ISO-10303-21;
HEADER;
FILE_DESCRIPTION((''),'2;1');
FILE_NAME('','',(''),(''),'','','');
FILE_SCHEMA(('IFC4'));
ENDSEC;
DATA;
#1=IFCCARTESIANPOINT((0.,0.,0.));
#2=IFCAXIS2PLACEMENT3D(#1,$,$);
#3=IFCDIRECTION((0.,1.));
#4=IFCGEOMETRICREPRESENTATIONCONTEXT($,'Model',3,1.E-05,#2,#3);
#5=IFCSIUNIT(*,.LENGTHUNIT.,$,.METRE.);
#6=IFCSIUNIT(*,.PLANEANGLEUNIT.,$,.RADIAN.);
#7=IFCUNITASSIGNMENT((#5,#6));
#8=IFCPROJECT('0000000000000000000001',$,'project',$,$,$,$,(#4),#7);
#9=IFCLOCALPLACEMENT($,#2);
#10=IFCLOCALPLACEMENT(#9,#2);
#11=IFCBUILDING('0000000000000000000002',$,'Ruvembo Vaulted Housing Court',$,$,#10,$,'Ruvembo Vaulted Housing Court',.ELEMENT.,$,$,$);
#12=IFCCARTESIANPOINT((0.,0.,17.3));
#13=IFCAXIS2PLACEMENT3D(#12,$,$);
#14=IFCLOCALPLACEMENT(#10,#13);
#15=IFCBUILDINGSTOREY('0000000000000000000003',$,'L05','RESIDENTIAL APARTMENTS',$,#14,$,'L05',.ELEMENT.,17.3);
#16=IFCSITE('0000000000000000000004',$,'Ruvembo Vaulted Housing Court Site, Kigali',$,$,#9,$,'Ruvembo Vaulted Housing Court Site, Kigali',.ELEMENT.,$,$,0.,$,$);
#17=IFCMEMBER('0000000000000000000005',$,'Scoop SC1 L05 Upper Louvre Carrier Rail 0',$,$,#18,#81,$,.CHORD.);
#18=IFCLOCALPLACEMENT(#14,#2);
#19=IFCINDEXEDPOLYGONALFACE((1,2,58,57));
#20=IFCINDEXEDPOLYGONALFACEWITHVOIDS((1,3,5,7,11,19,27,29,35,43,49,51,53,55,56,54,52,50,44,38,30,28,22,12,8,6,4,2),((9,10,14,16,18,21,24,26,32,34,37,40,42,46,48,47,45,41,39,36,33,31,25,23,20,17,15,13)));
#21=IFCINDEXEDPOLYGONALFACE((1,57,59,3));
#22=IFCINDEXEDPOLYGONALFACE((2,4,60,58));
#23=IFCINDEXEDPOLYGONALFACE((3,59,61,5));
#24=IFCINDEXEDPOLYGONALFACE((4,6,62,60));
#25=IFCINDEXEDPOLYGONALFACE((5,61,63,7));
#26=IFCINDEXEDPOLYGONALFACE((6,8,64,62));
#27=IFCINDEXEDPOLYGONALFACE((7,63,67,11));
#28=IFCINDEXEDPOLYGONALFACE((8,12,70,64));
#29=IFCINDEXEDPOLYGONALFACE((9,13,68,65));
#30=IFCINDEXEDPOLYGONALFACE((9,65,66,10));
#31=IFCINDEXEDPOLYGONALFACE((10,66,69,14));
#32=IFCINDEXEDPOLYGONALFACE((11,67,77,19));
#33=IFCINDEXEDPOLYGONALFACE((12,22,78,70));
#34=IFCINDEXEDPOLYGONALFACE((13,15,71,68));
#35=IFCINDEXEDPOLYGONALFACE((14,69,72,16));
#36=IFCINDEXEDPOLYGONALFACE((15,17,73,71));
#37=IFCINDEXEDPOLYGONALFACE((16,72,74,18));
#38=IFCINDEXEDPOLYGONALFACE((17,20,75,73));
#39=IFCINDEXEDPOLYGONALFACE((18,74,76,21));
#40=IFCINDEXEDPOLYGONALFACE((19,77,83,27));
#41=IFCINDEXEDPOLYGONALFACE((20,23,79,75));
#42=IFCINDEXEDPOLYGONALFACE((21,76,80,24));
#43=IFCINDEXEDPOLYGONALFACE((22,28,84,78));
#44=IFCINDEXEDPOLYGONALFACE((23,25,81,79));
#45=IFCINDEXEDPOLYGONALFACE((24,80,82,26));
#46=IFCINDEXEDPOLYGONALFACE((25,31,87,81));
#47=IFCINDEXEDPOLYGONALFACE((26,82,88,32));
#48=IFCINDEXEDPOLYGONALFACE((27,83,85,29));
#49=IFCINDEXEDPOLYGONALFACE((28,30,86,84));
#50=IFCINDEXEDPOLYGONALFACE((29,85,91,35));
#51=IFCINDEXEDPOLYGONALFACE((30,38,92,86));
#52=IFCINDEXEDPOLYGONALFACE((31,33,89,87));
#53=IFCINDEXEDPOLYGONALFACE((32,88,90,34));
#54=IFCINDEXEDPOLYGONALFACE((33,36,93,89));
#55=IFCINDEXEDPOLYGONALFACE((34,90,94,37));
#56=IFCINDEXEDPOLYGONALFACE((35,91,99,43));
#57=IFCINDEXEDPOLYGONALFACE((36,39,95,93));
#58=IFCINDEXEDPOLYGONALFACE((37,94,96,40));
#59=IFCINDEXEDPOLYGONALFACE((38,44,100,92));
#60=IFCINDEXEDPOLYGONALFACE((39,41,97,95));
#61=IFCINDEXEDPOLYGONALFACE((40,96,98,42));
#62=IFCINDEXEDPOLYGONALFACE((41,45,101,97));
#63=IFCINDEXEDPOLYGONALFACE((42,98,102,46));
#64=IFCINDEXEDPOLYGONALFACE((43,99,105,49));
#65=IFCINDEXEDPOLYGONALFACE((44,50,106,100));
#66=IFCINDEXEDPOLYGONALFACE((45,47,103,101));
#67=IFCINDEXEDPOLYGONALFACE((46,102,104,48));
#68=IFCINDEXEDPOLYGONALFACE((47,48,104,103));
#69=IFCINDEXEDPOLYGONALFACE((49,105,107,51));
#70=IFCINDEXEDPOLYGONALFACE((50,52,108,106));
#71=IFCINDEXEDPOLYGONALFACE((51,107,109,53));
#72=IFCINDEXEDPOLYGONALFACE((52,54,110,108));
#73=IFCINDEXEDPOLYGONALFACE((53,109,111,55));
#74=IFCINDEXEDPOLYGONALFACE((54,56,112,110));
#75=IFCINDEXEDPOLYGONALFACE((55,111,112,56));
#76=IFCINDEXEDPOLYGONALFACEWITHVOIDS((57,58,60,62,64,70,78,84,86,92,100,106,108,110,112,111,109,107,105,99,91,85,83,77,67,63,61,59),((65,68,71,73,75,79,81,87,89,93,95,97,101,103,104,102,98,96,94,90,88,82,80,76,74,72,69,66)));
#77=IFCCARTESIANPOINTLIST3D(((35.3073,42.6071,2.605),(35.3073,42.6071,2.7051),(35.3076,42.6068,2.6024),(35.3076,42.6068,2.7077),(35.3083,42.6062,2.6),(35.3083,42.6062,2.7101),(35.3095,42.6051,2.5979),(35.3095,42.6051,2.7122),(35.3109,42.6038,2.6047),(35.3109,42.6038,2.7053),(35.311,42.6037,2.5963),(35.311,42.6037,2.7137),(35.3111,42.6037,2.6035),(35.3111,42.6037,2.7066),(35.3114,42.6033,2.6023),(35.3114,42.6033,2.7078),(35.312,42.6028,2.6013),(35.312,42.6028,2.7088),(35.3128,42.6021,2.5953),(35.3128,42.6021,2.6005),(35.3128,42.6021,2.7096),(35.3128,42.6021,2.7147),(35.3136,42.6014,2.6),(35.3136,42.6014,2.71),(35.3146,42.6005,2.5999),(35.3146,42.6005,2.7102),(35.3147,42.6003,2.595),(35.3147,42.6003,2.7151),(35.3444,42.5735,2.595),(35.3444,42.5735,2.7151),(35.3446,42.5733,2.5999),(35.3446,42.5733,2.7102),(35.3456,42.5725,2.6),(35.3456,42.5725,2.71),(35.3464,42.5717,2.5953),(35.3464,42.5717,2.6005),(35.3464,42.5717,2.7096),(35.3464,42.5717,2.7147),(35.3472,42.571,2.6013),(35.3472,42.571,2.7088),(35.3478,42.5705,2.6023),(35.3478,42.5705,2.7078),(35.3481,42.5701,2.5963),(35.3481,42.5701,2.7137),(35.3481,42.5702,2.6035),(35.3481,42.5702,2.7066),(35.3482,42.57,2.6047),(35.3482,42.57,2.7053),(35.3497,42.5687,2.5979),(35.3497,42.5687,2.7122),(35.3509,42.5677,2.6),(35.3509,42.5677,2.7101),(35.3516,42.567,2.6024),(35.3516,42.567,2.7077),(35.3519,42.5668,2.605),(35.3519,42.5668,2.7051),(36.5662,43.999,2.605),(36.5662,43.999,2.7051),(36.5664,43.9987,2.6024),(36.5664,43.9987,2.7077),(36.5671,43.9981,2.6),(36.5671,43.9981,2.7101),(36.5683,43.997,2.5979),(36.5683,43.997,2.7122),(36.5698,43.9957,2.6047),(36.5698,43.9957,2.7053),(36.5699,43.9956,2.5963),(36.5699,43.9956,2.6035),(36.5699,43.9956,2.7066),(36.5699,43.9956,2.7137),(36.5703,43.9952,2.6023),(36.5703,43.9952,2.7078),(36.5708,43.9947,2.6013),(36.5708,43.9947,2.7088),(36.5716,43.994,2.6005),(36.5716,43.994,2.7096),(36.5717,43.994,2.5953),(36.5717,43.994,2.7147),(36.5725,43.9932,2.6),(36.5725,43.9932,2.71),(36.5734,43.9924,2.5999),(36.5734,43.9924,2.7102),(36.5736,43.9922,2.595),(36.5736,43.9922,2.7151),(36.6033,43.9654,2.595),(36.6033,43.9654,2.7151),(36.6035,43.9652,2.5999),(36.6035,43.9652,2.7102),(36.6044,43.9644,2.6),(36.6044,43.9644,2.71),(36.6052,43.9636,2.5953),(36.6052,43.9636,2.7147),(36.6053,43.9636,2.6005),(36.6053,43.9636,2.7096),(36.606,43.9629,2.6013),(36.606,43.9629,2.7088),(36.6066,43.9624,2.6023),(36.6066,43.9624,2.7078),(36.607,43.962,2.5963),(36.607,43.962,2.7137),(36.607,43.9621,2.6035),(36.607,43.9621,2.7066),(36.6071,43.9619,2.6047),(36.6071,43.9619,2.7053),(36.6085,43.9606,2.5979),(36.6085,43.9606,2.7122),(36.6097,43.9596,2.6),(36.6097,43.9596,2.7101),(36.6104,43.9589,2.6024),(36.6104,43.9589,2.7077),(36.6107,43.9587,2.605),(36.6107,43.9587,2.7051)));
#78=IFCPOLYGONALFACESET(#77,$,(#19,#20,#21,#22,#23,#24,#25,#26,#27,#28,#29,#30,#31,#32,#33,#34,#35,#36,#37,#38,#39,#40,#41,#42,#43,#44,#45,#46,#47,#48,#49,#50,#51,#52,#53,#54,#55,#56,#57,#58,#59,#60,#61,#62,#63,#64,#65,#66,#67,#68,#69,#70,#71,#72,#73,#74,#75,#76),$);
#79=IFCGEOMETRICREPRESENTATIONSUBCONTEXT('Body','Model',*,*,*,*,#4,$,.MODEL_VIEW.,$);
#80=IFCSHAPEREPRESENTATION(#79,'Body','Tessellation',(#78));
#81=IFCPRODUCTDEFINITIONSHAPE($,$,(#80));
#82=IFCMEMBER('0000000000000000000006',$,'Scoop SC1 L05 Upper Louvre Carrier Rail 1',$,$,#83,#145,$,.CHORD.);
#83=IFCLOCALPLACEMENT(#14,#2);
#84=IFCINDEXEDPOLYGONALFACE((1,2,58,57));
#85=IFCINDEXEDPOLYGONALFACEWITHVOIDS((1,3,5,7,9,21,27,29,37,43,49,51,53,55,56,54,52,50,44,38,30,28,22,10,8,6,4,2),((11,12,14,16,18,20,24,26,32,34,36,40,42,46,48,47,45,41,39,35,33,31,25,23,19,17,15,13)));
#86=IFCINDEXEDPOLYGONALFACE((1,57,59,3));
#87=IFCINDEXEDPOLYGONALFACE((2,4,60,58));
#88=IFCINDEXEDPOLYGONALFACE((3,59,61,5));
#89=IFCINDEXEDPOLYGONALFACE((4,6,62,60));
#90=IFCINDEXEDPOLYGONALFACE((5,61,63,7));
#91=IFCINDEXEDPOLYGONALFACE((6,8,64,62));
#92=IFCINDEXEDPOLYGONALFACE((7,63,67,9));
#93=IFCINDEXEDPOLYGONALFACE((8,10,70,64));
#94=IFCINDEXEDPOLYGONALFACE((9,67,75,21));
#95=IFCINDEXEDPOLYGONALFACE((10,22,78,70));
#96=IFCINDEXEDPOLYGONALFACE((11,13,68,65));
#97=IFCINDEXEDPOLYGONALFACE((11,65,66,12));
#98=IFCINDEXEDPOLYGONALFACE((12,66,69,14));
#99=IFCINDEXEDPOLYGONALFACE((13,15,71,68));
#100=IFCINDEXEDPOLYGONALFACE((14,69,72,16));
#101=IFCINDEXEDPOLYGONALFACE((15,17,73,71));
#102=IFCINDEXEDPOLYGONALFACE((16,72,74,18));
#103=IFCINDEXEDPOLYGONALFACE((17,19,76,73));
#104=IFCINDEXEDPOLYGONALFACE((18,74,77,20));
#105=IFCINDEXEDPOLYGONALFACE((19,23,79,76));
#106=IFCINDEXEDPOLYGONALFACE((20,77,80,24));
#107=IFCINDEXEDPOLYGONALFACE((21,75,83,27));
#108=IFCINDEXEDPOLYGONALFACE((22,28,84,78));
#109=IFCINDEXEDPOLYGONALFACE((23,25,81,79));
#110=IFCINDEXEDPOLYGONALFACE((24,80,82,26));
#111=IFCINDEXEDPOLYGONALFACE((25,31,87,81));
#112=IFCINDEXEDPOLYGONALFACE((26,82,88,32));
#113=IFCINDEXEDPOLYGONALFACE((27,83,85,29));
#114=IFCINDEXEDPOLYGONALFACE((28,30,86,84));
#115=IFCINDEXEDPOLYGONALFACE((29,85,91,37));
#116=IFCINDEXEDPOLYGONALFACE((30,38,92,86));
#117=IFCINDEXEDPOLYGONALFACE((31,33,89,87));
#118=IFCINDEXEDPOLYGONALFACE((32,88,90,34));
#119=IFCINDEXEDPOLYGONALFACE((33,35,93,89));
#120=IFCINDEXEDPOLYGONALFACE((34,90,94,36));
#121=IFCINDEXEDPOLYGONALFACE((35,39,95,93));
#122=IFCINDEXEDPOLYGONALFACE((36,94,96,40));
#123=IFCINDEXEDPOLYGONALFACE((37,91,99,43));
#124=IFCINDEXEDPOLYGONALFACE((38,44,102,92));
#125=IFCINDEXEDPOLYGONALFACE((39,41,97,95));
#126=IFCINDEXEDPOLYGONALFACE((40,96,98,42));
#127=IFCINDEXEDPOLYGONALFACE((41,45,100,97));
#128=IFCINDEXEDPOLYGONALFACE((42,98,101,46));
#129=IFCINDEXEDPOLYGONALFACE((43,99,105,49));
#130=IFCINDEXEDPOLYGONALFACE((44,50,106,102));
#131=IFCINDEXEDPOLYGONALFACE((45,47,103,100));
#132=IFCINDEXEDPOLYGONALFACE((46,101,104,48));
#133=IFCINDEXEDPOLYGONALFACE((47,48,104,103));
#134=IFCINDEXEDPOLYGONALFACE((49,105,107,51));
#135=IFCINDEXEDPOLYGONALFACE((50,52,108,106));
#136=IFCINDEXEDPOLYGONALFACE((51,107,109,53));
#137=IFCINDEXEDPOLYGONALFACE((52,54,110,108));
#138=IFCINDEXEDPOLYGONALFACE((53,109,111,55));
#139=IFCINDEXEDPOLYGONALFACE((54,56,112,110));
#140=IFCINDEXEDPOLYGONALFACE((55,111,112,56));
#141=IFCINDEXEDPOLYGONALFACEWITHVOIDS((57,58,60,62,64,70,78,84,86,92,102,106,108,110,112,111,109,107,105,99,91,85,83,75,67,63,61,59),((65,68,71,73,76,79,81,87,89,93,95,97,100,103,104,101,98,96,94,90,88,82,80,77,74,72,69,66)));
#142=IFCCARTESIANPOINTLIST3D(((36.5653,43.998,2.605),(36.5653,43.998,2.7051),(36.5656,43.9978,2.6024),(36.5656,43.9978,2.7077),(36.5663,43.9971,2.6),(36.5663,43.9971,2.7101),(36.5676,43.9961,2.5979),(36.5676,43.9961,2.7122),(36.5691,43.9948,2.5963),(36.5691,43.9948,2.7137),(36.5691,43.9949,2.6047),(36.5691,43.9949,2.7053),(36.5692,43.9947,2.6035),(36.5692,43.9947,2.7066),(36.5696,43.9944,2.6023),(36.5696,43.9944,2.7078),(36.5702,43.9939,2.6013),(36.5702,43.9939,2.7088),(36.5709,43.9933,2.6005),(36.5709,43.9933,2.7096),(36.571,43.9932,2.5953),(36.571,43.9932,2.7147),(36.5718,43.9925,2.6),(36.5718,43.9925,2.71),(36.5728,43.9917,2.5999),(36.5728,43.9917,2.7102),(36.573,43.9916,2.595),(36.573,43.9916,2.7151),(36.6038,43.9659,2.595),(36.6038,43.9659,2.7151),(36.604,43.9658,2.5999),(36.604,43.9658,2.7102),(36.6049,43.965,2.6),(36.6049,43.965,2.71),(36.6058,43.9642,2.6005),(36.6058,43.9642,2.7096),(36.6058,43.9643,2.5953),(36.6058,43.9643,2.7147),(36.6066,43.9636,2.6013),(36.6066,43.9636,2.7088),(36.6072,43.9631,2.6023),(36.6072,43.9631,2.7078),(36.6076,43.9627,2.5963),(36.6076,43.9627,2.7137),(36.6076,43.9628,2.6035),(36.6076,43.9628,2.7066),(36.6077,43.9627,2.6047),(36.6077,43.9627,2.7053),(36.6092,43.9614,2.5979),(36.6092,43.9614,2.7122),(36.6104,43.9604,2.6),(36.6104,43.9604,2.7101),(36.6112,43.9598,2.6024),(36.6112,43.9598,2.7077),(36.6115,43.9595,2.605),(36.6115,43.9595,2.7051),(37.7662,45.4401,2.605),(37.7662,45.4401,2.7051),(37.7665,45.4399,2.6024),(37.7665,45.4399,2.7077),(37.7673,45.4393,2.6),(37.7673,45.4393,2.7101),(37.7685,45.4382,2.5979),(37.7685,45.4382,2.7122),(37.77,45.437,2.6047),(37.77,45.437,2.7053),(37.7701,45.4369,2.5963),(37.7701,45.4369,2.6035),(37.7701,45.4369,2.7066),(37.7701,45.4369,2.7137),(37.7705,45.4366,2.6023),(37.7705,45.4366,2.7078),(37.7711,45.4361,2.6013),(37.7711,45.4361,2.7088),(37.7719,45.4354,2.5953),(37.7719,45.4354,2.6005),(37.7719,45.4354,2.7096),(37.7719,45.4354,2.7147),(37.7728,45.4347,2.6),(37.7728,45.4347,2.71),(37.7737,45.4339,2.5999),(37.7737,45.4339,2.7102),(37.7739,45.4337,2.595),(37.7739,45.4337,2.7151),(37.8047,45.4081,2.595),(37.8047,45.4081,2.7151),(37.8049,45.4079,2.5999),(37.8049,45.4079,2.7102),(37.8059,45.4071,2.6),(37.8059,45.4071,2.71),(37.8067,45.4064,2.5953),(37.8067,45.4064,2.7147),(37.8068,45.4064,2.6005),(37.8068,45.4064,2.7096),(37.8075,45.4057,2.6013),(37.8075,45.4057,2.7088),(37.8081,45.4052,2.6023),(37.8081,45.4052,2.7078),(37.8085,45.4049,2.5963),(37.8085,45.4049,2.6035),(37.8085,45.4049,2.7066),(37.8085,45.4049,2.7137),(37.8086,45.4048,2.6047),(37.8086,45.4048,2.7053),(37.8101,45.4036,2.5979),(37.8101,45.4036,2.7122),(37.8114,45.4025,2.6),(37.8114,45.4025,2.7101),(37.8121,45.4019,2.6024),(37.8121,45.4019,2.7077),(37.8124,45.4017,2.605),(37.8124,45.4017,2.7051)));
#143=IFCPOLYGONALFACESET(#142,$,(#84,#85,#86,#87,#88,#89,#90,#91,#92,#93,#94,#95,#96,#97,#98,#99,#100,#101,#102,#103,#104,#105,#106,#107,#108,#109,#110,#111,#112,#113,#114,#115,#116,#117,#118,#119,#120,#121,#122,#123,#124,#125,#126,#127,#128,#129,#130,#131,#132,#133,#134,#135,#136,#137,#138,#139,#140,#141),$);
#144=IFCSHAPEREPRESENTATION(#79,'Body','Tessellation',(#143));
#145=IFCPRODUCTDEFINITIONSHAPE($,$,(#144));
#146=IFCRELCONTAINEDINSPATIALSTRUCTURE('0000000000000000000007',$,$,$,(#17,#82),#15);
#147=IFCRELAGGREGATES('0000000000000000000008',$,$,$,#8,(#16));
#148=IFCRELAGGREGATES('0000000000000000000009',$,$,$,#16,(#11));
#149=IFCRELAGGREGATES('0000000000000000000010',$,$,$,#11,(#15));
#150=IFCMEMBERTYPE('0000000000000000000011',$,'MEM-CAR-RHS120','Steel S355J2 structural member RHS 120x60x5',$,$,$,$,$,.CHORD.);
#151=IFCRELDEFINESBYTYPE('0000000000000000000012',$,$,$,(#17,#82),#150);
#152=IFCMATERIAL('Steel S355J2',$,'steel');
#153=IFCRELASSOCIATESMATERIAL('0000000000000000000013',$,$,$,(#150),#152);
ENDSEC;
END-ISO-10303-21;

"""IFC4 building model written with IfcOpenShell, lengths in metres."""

from ifc_helpers import new_model, si_unit, direction, frame, origin, origin_2d, place, context, subcontext, project, spatial, hollow_rectangle, extrude, material, material_profile, profile_set, type_object, element, save


model = new_model("IFC4")

# Units and contexts
model_context = context("Model", 3, precision=1e-05, world=origin(), true_north=direction((0.0, 1.0)))
body_context = subcontext(model_context, "Body", "Model", "MODEL_VIEW")
ifc_project = project(units=[si_unit("LENGTHUNIT", "METRE"), si_unit("PLANEANGLEUNIT", "RADIAN")], contexts=[model_context])

# Site, building, storey
site_placement = place(None, origin())
site = spatial("IfcSite", under=ifc_project, at=site_placement, Name="Ruvembo Vaulted Housing Court Site, Kigali", LongName="Ruvembo Vaulted Housing Court Site, Kigali", CompositionType="ELEMENT", RefElevation=0.0)
building_placement = place(site_placement, origin())
building = spatial("IfcBuilding", under=site, at=building_placement, Name="Ruvembo Vaulted Housing Court", LongName="Ruvembo Vaulted Housing Court", CompositionType="ELEMENT")
storey_placement = place(building_placement, frame((0.0, 0.0, 17.3)))
storey = spatial("IfcBuildingStorey", under=building, at=storey_placement, Name="L05", Description="RESIDENTIAL APARTMENTS", LongName="L05", CompositionType="ELEMENT", Elevation=17.3)

# Shared definitions
ifc_material_1 = material(Name="Steel S355J2", Category="steel")

# Members
ifc_material_profile_1 = material_profile(ifc_material_1, hollow_rectangle(XDim=0.0601, YDim=0.1201, WallThickness=0.0049, InnerFilletRadius=0.0049, OuterFilletRadius=0.01, at=origin_2d()), Name="RHS 120x60x5")
ifc_profile_set_1 = profile_set([ifc_material_profile_1], Name="Steel S355J2")
member_type_1 = type_object("IfcMemberType", Name="MEM-CAR-RHS120", Description="Steel S355J2 structural member RHS 120x60x5", PredefinedType="CHORD", material=ifc_profile_set_1)
for number, where, z_axis, x_axis, name in (
    (1, (35.3296, 42.5869, 2.655), (0.670767, 0.741668, 0.0), (-0.741668, 0.670767, 0.0), "Scoop SC1 L05 Upper Louvre Carrier Rail 0"),
    (2, (36.5884, 43.9788, 2.655), (0.639916, 0.768445, 0.0), (-0.768445, 0.639916, 0.0), "Scoop SC1 L05 Upper Louvre Carrier Rail 1"),
):
    element("IfcMember", number, at=place(storey_placement, frame(where, z_axis=z_axis, x_axis=x_axis)), inside=storey, type_object=member_type_1, Name=name, PredefinedType="CHORD", context=body_context, shape_type="SweptSolid", body=[
        extrude(hollow_rectangle(XDim=0.0601, YDim=0.1201, WallThickness=0.0049, InnerFilletRadius=0.0049, OuterFilletRadius=0.01, at=origin_2d()), origin(), (0.0, 0.0, 1.0), 1.8767),
    ])

save(model, "model.ifc")
